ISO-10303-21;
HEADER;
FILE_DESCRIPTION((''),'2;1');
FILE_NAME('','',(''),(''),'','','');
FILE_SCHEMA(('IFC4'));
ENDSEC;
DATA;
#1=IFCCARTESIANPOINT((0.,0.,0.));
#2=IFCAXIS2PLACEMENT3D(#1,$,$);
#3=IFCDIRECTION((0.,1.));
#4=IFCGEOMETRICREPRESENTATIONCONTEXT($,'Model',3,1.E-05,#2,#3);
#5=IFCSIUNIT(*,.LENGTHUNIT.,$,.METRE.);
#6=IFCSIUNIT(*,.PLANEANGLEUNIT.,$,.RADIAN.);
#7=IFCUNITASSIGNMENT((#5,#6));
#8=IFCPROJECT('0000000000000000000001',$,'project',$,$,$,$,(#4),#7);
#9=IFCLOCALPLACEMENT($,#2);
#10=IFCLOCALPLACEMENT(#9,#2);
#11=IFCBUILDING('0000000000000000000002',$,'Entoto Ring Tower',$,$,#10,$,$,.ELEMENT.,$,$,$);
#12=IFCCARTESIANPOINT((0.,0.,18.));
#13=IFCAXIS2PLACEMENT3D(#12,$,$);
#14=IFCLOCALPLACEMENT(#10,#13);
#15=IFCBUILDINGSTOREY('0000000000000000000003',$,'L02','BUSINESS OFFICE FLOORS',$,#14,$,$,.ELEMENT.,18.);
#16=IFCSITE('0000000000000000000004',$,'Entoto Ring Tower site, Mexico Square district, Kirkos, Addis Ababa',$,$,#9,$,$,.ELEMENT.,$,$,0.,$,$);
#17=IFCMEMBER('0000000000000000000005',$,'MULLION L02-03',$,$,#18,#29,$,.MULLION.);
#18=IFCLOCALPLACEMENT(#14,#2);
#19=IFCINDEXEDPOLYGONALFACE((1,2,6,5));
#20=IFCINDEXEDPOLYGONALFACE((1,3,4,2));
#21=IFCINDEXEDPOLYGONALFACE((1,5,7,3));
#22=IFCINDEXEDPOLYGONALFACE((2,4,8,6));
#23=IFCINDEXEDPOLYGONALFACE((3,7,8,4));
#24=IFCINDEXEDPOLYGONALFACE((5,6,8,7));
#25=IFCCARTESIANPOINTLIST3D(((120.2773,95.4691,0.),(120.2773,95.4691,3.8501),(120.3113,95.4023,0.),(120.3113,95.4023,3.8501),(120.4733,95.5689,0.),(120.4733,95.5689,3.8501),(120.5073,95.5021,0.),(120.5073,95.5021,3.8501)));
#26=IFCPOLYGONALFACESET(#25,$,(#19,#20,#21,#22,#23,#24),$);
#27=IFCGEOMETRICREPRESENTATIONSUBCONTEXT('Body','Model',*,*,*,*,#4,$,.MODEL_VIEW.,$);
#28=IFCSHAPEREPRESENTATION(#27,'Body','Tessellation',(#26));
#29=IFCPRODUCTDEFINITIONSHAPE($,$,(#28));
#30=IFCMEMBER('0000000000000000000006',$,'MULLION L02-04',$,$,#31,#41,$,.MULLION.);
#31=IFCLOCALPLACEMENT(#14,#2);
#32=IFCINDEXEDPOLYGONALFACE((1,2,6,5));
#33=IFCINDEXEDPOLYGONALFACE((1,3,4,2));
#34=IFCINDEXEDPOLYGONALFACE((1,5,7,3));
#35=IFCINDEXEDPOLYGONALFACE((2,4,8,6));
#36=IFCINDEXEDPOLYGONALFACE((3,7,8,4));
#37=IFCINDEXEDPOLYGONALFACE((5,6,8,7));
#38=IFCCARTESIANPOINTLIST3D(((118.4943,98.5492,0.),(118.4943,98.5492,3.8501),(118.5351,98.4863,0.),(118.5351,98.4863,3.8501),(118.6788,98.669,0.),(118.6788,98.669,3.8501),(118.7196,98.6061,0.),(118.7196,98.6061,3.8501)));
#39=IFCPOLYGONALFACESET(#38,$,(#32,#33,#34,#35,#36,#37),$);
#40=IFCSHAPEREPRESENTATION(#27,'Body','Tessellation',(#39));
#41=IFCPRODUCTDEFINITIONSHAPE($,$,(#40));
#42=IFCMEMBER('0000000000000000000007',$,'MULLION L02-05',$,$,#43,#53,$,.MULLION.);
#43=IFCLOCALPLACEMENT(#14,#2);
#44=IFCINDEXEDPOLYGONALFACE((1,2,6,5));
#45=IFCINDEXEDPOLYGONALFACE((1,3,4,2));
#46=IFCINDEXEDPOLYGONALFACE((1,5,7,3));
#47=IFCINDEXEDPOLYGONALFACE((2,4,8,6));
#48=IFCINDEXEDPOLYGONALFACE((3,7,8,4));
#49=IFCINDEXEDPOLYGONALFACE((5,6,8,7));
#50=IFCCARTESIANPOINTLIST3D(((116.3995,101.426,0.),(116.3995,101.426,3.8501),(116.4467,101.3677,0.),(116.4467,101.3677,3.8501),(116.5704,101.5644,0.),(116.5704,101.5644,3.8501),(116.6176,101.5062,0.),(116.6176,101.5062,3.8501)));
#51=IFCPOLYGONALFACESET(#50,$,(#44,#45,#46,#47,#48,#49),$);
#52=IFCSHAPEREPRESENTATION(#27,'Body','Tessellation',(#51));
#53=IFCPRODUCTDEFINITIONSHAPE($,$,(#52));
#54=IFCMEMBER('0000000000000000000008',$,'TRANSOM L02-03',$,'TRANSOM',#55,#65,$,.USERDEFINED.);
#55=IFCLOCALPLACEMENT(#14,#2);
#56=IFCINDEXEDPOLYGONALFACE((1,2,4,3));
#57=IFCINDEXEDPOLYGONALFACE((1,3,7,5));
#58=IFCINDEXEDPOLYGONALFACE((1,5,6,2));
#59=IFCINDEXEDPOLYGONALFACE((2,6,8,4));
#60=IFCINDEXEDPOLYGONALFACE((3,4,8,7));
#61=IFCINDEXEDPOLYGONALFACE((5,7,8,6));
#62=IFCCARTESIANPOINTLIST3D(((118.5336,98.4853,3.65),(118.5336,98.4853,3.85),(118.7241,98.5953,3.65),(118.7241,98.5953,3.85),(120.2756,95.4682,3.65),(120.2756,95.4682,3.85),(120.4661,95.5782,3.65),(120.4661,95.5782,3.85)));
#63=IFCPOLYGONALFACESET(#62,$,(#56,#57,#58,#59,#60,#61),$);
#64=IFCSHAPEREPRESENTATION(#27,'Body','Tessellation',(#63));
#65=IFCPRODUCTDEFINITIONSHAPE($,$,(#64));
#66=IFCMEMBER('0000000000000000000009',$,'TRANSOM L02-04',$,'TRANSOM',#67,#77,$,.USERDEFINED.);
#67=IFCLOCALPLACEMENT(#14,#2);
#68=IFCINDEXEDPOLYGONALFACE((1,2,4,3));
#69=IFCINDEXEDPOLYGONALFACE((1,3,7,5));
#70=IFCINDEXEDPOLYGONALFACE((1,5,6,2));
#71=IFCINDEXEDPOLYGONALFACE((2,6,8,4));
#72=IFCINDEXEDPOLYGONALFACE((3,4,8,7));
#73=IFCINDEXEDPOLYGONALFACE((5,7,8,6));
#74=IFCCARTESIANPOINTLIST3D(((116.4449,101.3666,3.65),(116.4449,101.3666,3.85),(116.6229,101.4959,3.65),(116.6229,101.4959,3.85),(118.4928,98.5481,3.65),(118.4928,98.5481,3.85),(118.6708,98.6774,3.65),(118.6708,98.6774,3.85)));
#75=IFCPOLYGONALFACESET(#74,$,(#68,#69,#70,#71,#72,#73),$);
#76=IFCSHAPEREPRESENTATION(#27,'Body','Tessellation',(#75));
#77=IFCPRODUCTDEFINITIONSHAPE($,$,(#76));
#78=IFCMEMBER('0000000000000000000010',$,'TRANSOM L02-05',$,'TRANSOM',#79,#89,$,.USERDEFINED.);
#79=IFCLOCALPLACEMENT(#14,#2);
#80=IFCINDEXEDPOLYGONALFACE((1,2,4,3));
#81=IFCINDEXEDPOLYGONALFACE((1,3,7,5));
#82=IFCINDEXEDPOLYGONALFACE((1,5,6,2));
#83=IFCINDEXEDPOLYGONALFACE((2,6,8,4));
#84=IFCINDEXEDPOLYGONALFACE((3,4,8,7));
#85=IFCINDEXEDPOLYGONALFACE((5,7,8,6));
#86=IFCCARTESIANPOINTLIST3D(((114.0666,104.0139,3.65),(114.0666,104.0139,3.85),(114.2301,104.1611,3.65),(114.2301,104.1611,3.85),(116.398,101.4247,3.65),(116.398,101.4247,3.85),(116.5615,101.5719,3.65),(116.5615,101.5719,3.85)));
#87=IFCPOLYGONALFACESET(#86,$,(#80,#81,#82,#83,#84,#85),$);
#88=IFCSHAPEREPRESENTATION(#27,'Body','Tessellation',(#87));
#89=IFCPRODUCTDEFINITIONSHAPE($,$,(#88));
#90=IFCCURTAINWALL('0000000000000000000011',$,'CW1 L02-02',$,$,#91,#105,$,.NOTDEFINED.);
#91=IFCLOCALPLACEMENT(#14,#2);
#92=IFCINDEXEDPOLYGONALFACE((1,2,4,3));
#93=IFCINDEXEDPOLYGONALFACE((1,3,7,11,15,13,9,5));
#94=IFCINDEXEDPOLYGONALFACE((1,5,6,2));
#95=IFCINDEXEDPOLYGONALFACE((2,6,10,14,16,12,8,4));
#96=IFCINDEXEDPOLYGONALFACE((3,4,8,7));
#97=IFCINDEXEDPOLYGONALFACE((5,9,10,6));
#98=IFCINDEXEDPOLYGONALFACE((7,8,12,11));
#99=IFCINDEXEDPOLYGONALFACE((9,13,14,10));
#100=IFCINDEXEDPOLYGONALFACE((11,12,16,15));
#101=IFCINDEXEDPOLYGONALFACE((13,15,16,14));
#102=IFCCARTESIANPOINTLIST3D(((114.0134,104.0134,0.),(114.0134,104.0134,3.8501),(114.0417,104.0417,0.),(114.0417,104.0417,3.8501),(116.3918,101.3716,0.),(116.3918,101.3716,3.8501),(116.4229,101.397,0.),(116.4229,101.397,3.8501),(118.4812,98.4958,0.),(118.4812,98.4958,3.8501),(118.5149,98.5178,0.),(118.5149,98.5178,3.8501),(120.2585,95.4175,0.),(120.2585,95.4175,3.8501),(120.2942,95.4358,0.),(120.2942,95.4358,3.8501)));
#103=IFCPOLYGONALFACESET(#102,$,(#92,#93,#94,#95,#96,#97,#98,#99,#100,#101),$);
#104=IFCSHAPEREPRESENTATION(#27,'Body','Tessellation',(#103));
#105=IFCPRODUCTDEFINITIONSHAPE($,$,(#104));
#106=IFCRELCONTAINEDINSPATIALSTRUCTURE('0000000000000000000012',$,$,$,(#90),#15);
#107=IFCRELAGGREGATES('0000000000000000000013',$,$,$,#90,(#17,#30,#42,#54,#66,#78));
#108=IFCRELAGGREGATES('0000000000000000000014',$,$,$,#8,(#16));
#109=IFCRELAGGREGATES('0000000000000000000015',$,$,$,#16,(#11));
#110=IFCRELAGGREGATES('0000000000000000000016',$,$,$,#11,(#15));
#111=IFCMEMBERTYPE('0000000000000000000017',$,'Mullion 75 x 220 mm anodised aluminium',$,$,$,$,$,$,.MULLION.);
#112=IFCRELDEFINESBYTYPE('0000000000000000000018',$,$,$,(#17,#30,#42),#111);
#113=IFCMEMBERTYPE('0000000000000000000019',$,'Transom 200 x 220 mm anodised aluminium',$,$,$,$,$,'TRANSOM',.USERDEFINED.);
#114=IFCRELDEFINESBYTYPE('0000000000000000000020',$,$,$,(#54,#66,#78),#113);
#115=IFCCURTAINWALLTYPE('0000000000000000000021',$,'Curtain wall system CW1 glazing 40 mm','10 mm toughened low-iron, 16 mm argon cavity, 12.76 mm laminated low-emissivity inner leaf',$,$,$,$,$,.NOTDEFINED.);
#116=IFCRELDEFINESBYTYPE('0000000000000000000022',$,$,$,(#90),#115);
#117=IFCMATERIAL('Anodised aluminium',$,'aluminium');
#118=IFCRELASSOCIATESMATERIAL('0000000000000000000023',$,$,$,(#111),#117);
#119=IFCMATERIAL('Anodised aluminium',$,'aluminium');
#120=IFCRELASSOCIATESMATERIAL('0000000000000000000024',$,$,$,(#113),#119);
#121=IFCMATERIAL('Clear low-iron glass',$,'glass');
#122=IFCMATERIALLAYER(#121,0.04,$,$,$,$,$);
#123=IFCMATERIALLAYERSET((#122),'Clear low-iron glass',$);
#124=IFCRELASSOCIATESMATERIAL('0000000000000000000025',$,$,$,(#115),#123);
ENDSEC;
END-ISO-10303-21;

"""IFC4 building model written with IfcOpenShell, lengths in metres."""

from ifc_helpers import new_model, si_unit, direction, frame, origin, origin_2d, place, context, subcontext, project, spatial, polyline, rectangle, outline, extrude, material, layer, layer_set, material_profile, profile_set, type_object, element, aggregate, save


model = new_model("IFC4")

# Units and contexts
model_context = context("Model", 3, precision=1e-05, world=origin(), true_north=direction((0.0, 1.0)))
body_context = subcontext(model_context, "Body", "Model", "MODEL_VIEW")
ifc_project = project(units=[si_unit("LENGTHUNIT", "METRE"), si_unit("PLANEANGLEUNIT", "RADIAN")], contexts=[model_context])

# Members
ifc_material_1 = material(Name="Anodised aluminium", Category="aluminium")
ifc_material_profile_1 = material_profile(ifc_material_1, rectangle(XDim=0.075, YDim=0.22, at=origin_2d()), Name="Mullion 75 x 220 mm anodised aluminium")
ifc_profile_set_1 = profile_set([ifc_material_profile_1], Name="Anodised aluminium")
member_type_1 = type_object("IfcMemberType", Name="Mullion 75 x 220 mm anodised aluminium", PredefinedType="MULLION", material=ifc_profile_set_1)
site_placement = place(None, origin())
building_placement = place(site_placement, origin())
storey_placement = place(building_placement, frame((0.0, 0.0, 18.0)))
member_1_placement = place(storey_placement, frame((120.3923, 95.4856, 0.0), z_axis=(0.0, 0.0, 1.0), x_axis=(-0.45399, 0.891007, 0.0)))
member_1 = element("IfcMember", 1, at=member_1_placement, type_object=member_type_1, Name="MULLION L02-03", PredefinedType="MULLION", context=body_context, shape_type="SweptSolid", body=[
    extrude(rectangle(XDim=0.075, YDim=0.22, at=origin_2d()), origin(), (0.0, 0.0, 1.0), 3.8501),
])
member_2_placement = place(storey_placement, frame((118.6069, 98.5776, 0.0), z_axis=(0.0, 0.0, 1.0), x_axis=(-0.544639, 0.838671, 0.0)))
member_2 = element("IfcMember", 2, at=member_2_placement, type_object=member_type_1, Name="MULLION L02-04", PredefinedType="MULLION", context=body_context, shape_type="SweptSolid", body=[
    extrude(rectangle(XDim=0.075, YDim=0.22, at=origin_2d()), origin(), (0.0, 0.0, 1.0), 3.8501),
])
member_3_placement = place(storey_placement, frame((116.5085, 101.4661, 0.0), z_axis=(0.0, 0.0, 1.0), x_axis=(-0.62932, 0.777146, 0.0)))
member_3 = element("IfcMember", 3, at=member_3_placement, type_object=member_type_1, Name="MULLION L02-05", PredefinedType="MULLION", context=body_context, shape_type="SweptSolid", body=[
    extrude(rectangle(XDim=0.075, YDim=0.22, at=origin_2d()), origin(), (0.0, 0.0, 1.0), 3.8501),
])
ifc_material_2 = material(Name="Anodised aluminium", Category="aluminium")
ifc_material_profile_2 = material_profile(ifc_material_2, rectangle(XDim=0.22, YDim=0.2, at=origin_2d()), Name="Transom 200 x 220 mm anodised aluminium")
ifc_profile_set_2 = profile_set([ifc_material_profile_2], Name="Anodised aluminium")
member_type_2 = type_object("IfcMemberType", Name="Transom 200 x 220 mm anodised aluminium", ElementType="TRANSOM", PredefinedType="USERDEFINED", material=ifc_profile_set_2)
member_4_placement = place(storey_placement, frame((120.3708, 95.5232, 3.75), z_axis=(-0.500006, 0.866022, 0.0), x_axis=(-0.866022, -0.500006, 0.0)))
member_4 = element("IfcMember", 4, at=member_4_placement, type_object=member_type_2, Name="TRANSOM L02-03", ObjectType="TRANSOM", PredefinedType="USERDEFINED", context=body_context, shape_type="SweptSolid", body=[
    extrude(rectangle(XDim=0.22, YDim=0.2, at=origin_2d()), origin(), (0.0, 0.0, 1.0), 3.4839),
])
member_5_placement = place(storey_placement, frame((118.5818, 98.6128, 3.75), z_axis=(-0.587822, 0.808991, 0.0), x_axis=(-0.808991, -0.587822, 0.0)))
member_5 = element("IfcMember", 5, at=member_5_placement, type_object=member_type_2, Name="TRANSOM L02-04", ObjectType="TRANSOM", PredefinedType="USERDEFINED", context=body_context, shape_type="SweptSolid", body=[
    extrude(rectangle(XDim=0.22, YDim=0.2, at=origin_2d()), origin(), (0.0, 0.0, 1.0), 3.4839),
])
member_6_placement = place(storey_placement, frame((116.4797, 101.4983, 3.75), z_axis=(-0.669139, 0.743137, 0.0), x_axis=(-0.743137, -0.669139, 0.0)))
member_6 = element("IfcMember", 6, at=member_6_placement, type_object=member_type_2, Name="TRANSOM L02-05", ObjectType="TRANSOM", PredefinedType="USERDEFINED", context=body_context, shape_type="SweptSolid", body=[
    extrude(rectangle(XDim=0.22, YDim=0.2, at=origin_2d()), origin(), (0.0, 0.0, 1.0), 3.4841),
])

# Site, building, storey
site = spatial("IfcSite", under=ifc_project, at=site_placement, Name="Entoto Ring Tower site, Mexico Square district, Kirkos, Addis Ababa", CompositionType="ELEMENT", RefElevation=0.0)
building = spatial("IfcBuilding", under=site, at=building_placement, Name="Entoto Ring Tower", CompositionType="ELEMENT")
storey = spatial("IfcBuildingStorey", under=building, at=storey_placement, Name="L02", Description="BUSINESS OFFICE FLOORS", CompositionType="ELEMENT", Elevation=18.0)

# Curtain wall
ifc_material_3 = material(Name="Clear low-iron glass", Category="glass")
ifc_layer_1 = layer(ifc_material_3, 0.04)
ifc_layer_set_1 = layer_set([ifc_layer_1], Name="Clear low-iron glass")
curtain_wall_type = type_object("IfcCurtainWallType", Name="Curtain wall system CW1 glazing 40 mm", Description="10 mm toughened low-iron, 16 mm argon cavity, 12.76 mm laminated low-emissivity inner leaf", PredefinedType="NOTDEFINED", material=ifc_layer_set_1)
curtain_wall_1_placement = place(storey_placement, origin())
curtain_wall_1 = element("IfcCurtainWall", 7, at=curtain_wall_1_placement, inside=storey, type_object=curtain_wall_type, Name="CW1 L02-02", PredefinedType="NOTDEFINED", context=body_context, shape_type="SweptSolid", body=[
    extrude(outline(polyline([(120.2942, 95.4358), (118.5149, 98.5178), (116.4229, 101.397), (114.0417, 104.0417), (114.0134, 104.0134), (116.3918, 101.3716), (118.4812, 98.4958), (120.2585, 95.4175), (120.2942, 95.4358)])), origin(), (0.0, 0.0, 1.0), 3.8501),
])
aggregate(curtain_wall_1, [member_1, member_2, member_3, member_4, member_5, member_6])

save(model, "model.ifc")
